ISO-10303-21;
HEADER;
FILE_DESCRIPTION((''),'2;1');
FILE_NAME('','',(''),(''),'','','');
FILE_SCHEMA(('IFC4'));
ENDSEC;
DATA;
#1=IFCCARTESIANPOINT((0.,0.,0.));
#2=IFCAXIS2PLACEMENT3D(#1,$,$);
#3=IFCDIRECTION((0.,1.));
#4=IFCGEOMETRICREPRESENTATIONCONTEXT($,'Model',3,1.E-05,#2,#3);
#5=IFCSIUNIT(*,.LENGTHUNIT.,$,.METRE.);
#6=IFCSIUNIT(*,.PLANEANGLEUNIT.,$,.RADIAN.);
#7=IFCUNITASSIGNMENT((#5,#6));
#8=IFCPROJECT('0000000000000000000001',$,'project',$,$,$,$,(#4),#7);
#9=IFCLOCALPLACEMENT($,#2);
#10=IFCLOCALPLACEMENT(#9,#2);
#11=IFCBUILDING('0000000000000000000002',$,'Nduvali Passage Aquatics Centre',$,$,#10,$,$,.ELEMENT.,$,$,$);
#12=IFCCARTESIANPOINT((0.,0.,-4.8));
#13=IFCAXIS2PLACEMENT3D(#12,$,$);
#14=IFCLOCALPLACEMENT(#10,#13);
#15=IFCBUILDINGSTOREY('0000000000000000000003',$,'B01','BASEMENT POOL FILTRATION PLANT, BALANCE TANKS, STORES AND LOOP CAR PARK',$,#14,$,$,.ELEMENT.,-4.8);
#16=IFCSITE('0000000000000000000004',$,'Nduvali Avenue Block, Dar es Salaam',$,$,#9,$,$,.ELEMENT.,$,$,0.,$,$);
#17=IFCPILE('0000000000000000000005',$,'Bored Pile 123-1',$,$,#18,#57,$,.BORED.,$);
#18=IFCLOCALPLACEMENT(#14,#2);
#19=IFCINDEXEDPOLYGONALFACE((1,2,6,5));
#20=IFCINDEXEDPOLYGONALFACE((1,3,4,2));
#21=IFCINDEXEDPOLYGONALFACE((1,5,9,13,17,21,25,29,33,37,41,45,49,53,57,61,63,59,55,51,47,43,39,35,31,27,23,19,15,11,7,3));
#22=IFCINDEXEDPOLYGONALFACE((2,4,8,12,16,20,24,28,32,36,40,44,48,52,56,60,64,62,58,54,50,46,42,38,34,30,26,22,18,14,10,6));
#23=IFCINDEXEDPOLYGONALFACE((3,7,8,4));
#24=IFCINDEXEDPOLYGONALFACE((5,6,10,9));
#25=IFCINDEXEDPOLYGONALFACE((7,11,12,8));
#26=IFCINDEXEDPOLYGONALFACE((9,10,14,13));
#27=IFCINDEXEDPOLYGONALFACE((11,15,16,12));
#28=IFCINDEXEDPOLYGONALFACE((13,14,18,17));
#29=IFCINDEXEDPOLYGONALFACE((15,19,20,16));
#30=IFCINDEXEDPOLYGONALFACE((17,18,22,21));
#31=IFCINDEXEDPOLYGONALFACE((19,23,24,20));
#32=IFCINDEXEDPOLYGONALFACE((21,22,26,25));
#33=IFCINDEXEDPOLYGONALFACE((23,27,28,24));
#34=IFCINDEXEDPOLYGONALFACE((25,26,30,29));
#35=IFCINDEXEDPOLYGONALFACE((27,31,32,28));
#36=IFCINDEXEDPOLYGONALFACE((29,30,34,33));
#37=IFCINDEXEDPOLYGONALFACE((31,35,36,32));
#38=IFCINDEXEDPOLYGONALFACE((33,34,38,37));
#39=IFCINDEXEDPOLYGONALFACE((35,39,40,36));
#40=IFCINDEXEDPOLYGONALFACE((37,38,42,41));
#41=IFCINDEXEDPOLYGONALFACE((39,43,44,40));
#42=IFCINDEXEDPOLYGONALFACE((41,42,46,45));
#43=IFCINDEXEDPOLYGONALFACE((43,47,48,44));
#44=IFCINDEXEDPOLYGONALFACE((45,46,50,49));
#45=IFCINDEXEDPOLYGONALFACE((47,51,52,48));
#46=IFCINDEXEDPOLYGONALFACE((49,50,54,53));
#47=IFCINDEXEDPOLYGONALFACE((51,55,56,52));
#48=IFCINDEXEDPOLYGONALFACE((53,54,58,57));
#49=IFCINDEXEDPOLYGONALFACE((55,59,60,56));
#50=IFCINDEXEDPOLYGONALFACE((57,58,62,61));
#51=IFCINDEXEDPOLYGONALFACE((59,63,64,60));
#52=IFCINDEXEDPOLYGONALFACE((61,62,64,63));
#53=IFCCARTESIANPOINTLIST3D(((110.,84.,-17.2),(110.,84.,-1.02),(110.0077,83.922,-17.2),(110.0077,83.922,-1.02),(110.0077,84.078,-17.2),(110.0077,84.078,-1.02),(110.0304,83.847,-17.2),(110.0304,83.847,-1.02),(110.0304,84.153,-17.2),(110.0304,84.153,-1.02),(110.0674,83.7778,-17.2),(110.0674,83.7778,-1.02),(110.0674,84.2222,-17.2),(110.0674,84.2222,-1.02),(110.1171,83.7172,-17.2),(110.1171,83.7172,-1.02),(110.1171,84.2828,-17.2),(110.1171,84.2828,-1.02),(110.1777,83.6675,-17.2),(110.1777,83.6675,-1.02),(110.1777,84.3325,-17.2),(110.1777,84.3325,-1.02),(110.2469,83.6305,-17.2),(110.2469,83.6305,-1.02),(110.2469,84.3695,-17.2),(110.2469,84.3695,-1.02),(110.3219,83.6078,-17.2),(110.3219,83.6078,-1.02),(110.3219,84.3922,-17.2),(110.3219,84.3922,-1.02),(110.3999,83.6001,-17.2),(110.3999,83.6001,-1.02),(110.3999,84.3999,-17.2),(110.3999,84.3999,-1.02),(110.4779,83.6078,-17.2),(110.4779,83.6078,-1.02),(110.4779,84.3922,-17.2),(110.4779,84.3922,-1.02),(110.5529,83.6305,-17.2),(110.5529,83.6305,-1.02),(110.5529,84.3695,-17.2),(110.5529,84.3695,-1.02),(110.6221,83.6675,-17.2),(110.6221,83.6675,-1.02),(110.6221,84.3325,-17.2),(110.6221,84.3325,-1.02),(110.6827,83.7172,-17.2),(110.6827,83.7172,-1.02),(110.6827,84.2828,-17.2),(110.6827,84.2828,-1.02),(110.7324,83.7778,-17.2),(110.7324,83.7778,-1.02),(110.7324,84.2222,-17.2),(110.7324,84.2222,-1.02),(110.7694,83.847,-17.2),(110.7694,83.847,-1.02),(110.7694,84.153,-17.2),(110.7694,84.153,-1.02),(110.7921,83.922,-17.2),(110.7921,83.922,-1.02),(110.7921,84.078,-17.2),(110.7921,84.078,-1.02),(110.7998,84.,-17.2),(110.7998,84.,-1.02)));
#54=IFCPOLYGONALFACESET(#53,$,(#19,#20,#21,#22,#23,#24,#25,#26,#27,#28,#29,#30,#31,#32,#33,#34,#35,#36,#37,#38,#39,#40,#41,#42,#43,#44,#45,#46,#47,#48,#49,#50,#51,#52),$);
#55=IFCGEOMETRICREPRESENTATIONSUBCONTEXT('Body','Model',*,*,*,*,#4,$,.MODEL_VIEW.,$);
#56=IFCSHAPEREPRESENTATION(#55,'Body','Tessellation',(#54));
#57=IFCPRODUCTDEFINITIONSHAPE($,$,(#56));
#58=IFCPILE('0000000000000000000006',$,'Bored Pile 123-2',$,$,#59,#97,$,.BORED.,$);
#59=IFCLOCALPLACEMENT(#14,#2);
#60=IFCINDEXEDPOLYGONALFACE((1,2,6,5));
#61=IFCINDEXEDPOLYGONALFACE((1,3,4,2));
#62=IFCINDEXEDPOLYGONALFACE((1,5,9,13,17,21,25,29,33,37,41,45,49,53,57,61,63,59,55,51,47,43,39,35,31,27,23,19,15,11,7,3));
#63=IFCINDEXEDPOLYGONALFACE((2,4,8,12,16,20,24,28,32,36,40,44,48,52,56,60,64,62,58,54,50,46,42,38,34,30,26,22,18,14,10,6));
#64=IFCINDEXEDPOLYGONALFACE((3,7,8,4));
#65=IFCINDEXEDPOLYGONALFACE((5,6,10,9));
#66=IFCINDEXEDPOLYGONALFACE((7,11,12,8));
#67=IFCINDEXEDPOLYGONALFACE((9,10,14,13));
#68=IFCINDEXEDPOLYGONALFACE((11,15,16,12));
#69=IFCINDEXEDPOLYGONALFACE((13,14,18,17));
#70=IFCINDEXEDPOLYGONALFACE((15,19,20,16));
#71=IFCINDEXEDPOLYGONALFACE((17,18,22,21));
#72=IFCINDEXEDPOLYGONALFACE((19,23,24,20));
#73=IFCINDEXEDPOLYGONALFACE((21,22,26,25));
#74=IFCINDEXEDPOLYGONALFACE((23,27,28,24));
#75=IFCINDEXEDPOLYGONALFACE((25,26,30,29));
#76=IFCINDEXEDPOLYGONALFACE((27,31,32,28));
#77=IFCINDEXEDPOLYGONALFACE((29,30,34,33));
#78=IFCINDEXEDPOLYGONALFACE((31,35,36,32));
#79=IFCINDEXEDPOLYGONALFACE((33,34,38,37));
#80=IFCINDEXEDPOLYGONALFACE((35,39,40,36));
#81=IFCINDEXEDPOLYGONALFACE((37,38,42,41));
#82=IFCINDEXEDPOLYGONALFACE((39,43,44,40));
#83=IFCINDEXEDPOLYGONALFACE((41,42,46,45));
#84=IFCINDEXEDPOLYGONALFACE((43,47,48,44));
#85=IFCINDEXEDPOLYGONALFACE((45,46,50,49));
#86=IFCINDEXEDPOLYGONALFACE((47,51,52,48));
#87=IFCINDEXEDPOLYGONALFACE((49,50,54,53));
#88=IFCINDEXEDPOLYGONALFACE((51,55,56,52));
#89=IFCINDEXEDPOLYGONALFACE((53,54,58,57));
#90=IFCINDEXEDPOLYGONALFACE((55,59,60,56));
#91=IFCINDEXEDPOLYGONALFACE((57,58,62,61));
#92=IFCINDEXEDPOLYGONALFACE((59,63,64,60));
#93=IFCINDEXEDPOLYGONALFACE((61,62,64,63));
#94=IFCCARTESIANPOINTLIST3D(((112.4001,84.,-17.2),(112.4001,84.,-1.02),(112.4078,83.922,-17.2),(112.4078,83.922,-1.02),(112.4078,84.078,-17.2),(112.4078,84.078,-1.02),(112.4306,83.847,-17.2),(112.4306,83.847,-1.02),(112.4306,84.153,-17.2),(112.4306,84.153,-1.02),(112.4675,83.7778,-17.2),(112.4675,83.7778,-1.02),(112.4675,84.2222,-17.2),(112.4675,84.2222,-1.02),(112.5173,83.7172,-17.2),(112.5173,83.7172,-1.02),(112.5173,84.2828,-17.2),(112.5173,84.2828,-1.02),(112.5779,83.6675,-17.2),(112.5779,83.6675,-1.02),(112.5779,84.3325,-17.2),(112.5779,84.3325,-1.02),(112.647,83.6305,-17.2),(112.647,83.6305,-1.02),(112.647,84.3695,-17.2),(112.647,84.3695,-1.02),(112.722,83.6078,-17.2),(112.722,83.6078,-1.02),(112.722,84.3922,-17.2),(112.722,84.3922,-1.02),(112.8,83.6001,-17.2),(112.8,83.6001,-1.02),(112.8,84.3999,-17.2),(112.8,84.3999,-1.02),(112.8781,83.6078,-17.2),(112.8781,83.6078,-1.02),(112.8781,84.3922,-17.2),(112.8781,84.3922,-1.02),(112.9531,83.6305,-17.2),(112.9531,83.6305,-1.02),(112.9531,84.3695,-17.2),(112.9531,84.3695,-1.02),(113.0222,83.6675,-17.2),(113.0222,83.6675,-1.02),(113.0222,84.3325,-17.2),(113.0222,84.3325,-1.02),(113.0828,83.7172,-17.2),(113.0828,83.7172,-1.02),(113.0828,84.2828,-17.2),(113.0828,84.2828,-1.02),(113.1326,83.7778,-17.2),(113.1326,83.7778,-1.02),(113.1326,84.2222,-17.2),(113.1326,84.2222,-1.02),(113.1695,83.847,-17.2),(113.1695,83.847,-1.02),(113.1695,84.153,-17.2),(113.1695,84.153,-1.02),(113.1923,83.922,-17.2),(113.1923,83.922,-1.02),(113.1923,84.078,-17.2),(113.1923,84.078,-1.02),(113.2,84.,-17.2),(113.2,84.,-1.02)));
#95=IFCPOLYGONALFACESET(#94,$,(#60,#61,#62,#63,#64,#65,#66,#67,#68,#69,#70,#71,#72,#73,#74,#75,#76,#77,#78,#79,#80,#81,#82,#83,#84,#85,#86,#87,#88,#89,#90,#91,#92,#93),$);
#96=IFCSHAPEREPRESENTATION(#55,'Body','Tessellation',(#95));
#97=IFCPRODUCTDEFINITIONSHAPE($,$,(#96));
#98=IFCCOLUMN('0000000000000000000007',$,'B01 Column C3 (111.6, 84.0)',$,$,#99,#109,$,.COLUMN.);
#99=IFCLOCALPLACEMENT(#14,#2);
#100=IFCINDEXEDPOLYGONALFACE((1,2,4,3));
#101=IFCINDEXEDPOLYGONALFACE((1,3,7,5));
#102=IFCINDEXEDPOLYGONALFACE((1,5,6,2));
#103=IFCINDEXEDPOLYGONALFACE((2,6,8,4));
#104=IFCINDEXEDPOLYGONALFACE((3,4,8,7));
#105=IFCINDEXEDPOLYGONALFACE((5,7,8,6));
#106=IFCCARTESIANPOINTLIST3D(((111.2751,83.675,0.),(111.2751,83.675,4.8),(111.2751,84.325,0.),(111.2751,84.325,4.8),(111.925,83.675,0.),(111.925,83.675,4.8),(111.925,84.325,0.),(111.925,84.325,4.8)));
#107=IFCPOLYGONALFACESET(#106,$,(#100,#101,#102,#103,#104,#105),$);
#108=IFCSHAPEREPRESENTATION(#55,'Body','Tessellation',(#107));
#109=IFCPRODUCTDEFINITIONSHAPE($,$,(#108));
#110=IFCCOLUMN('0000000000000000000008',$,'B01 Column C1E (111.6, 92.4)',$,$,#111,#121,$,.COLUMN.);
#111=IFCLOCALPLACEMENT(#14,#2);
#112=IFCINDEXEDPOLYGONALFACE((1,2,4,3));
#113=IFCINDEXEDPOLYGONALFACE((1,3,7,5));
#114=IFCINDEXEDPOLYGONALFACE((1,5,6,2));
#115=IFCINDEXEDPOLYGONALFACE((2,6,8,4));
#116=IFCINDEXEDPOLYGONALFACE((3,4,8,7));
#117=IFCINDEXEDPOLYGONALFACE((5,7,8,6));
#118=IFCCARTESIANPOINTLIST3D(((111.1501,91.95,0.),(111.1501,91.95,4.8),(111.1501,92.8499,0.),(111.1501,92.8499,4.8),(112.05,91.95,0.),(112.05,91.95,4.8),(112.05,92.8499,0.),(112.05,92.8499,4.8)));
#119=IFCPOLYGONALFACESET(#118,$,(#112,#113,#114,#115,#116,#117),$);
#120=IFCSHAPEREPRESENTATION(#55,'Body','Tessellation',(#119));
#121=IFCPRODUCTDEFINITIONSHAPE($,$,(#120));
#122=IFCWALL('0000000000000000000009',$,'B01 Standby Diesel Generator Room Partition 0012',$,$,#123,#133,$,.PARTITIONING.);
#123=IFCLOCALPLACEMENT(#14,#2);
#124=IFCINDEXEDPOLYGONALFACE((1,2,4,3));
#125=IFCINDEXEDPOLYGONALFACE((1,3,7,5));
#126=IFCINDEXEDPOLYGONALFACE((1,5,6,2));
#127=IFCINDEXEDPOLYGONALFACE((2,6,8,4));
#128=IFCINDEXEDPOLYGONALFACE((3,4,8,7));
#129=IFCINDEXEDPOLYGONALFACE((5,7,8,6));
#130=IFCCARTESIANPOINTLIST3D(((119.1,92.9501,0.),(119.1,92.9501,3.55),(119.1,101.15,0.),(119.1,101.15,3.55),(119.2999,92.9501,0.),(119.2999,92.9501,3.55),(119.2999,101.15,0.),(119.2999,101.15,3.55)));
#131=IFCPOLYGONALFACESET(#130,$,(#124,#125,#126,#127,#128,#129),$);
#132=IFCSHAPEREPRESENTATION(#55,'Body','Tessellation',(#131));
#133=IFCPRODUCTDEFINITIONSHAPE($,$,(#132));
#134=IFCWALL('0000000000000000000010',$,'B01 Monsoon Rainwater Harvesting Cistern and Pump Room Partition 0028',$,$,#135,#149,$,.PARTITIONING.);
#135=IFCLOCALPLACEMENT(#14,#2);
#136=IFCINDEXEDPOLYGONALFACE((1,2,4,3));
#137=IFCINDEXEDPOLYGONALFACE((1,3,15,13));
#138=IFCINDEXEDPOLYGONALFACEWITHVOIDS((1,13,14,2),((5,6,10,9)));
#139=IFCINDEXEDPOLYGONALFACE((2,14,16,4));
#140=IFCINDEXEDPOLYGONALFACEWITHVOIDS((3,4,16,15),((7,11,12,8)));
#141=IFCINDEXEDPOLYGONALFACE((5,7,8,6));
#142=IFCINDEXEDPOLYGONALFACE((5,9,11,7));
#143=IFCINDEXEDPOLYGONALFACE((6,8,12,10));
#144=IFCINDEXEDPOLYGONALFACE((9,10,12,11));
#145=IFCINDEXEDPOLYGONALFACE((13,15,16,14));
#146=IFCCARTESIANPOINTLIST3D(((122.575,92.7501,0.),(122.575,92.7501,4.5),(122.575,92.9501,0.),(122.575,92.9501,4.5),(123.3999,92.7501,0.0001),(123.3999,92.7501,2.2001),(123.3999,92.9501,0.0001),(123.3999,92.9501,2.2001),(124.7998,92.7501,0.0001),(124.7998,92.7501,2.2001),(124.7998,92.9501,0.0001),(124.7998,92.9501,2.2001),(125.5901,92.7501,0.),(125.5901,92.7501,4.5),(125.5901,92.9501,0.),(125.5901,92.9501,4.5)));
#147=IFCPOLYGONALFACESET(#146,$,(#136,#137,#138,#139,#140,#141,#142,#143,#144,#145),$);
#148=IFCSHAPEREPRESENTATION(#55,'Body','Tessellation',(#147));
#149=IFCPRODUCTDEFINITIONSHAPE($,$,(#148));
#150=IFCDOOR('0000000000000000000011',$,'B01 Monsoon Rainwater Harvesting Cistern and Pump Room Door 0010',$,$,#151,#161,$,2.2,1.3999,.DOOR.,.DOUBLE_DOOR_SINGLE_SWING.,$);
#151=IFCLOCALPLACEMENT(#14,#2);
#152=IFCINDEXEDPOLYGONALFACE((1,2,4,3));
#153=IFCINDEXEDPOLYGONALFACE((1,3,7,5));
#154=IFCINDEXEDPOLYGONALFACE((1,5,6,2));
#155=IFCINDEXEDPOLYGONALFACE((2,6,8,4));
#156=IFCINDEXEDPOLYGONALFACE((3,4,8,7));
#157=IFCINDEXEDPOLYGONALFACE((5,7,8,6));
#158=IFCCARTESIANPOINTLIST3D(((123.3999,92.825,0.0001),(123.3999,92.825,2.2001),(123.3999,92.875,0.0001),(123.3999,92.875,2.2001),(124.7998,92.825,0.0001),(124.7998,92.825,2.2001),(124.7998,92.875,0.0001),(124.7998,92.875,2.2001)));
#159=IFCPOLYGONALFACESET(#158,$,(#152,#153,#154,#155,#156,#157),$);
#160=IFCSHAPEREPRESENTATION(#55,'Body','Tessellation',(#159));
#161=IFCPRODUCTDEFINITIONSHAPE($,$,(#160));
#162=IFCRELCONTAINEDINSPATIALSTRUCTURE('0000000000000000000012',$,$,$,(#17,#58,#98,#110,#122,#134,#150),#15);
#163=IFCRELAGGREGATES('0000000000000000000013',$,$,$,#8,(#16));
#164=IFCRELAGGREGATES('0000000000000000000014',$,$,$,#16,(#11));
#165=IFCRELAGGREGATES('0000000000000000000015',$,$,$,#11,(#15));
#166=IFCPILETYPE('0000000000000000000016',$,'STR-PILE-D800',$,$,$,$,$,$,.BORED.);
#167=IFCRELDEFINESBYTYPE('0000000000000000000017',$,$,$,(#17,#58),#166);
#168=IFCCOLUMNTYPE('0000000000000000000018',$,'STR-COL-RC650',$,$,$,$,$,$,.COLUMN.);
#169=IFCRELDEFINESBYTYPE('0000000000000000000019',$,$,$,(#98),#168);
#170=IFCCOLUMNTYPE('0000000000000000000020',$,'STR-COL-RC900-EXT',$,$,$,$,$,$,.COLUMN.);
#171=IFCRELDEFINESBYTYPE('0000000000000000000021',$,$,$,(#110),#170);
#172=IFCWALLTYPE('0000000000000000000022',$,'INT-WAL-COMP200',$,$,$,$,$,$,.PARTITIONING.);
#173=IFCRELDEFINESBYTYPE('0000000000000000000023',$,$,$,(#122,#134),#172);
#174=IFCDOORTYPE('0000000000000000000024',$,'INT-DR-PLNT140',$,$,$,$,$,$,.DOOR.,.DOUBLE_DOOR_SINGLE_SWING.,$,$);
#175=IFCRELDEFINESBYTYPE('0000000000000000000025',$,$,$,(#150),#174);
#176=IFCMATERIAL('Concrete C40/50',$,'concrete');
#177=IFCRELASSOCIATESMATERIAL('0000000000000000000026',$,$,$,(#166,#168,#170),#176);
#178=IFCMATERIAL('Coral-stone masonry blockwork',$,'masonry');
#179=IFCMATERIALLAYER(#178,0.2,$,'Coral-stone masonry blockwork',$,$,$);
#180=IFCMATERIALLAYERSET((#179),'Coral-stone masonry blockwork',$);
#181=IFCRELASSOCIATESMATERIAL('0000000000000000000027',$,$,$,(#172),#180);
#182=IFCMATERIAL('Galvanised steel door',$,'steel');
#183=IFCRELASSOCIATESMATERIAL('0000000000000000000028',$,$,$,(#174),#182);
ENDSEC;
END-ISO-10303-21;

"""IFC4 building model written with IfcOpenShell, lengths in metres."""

from ifc_helpers import new_model, si_unit, direction, frame, frame_2d, origin, origin_2d, place, context, subcontext, project, spatial, rectangle, circle, extrude, material, layer, layer_set, material_profile, profile_set, type_object, element, fill, save


model = new_model("IFC4")

# Units and contexts
model_context = context("Model", 3, precision=1e-05, world=origin(), true_north=direction((0.0, 1.0)))
body_context = subcontext(model_context, "Body", "Model", "MODEL_VIEW")
ifc_project = project(units=[si_unit("LENGTHUNIT", "METRE"), si_unit("PLANEANGLEUNIT", "RADIAN")], contexts=[model_context])

# Site, building, storey
site_placement = place(None, origin())
site = spatial("IfcSite", under=ifc_project, at=site_placement, Name="Nduvali Avenue Block, Dar es Salaam", CompositionType="ELEMENT", RefElevation=0.0)
building_placement = place(site_placement, origin())
building = spatial("IfcBuilding", under=site, at=building_placement, Name="Nduvali Passage Aquatics Centre", CompositionType="ELEMENT")
storey_placement = place(building_placement, frame((0.0, 0.0, -4.8)))
storey = spatial("IfcBuildingStorey", under=building, at=storey_placement, Name="B01", Description="BASEMENT POOL FILTRATION PLANT, BALANCE TANKS, STORES AND LOOP CAR PARK", CompositionType="ELEMENT", Elevation=-4.8)

# Shared definitions
ifc_material_1 = material(Name="Concrete C40/50", Category="concrete")

# Piles
ifc_material_profile_1 = material_profile(ifc_material_1, circle(Radius=0.3999, at=origin_2d()), Name="PILE D800")
ifc_profile_set_1 = profile_set([ifc_material_profile_1], Name="Concrete C40/50")
pile_type_1 = type_object("IfcPileType", Name="STR-PILE-D800", PredefinedType="BORED", material=ifc_profile_set_1)
for number, where, z_axis, x_axis, name in (
    (1, (110.3999, 84.0, -1.02), (0.0, 0.0, -1.0), (1.0, 0.0, 0.0), "Bored Pile 123-1"),
    (2, (112.8, 84.0, -1.02), (0.0, 0.0, -1.0), (1.0, 0.0, 0.0), "Bored Pile 123-2"),
):
    element("IfcPile", number, at=place(storey_placement, frame(where, z_axis=z_axis, x_axis=x_axis)), inside=storey, type_object=pile_type_1, Name=name, PredefinedType="BORED", context=body_context, shape_type="SweptSolid", body=[
        extrude(circle(Radius=0.3999, at=origin_2d()), origin(), (0.0, 0.0, 1.0), 16.1799),
    ])

# Columns
ifc_material_profile_2 = material_profile(ifc_material_1, rectangle(XDim=0.6499, YDim=0.6499, at=origin_2d()), Name="RC 650x650")
ifc_profile_set_2 = profile_set([ifc_material_profile_2], Name="Concrete C40/50")
column_type_1 = type_object("IfcColumnType", Name="STR-COL-RC650", PredefinedType="COLUMN", material=ifc_profile_set_2)
column_1_placement = place(storey_placement, frame((111.6001, 84.0, 0.0), z_axis=(0.0, 0.0, 1.0), x_axis=(1.0, 0.0, 0.0)))
element("IfcColumn", 3, at=column_1_placement, inside=storey, type_object=column_type_1, Name="B01 Column C3 (111.6, 84.0)", PredefinedType="COLUMN", context=body_context, shape_type="SweptSolid", body=[
    extrude(rectangle(XDim=0.6499, YDim=0.6499, at=origin_2d()), origin(), (0.0, 0.0, 1.0), 4.8),
])
ifc_material_profile_3 = material_profile(ifc_material_1, rectangle(XDim=0.8999, YDim=0.8999, at=origin_2d()), Name="RC 900x900")
ifc_profile_set_3 = profile_set([ifc_material_profile_3], Name="Concrete C40/50")
column_type_2 = type_object("IfcColumnType", Name="STR-COL-RC900-EXT", PredefinedType="COLUMN", material=ifc_profile_set_3)
column_2_placement = place(storey_placement, frame((111.6001, 92.3999, 0.0), z_axis=(0.0, 0.0, 1.0), x_axis=(1.0, 0.0, 0.0)))
element("IfcColumn", 4, at=column_2_placement, inside=storey, type_object=column_type_2, Name="B01 Column C1E (111.6, 92.4)", PredefinedType="COLUMN", context=body_context, shape_type="SweptSolid", body=[
    extrude(rectangle(XDim=0.8999, YDim=0.8999, at=origin_2d()), origin(), (0.0, 0.0, 1.0), 4.8),
])

# Wall
ifc_material_2 = material(Name="Coral-stone masonry blockwork", Category="masonry")
ifc_layer_1 = layer(ifc_material_2, 0.2, Name="Coral-stone masonry blockwork")
ifc_layer_set_1 = layer_set([ifc_layer_1], Name="Coral-stone masonry blockwork")
wall_type_1 = type_object("IfcWallType", Name="INT-WAL-COMP200", PredefinedType="PARTITIONING", material=ifc_layer_set_1)
wall_1_placement = place(storey_placement, frame((119.2, 92.95, 0.0), z_axis=(0.0, 0.0, 1.0), x_axis=(0.0, 1.0, 0.0)))
element("IfcWall", 5, at=wall_1_placement, inside=storey, type_object=wall_type_1, Name="B01 Standby Diesel Generator Room Partition 0012", PredefinedType="PARTITIONING", context=body_context, shape_type="SweptSolid", body=[
    extrude(rectangle(XDim=8.2, YDim=0.2, at=frame_2d((4.1001, 0.0))), origin(), (0.0, 0.0, 1.0), 3.55),
])

# Wall, opening, door
wall_2_placement = place(storey_placement, frame((122.575, 92.8501, 0.0), z_axis=(0.0, 0.0, 1.0), x_axis=(1.0, 0.0, 0.0)))
wall_2 = element("IfcWall", 6, at=wall_2_placement, inside=storey, type_object=wall_type_1, Name="B01 Monsoon Rainwater Harvesting Cistern and Pump Room Partition 0028", PredefinedType="PARTITIONING", context=body_context, shape_type="SweptSolid", body=[
    extrude(rectangle(XDim=3.0151, YDim=0.2, at=frame_2d((1.5076, 0.0))), origin(), (0.0, 0.0, 1.0), 4.5),
])
opening_1_placement = place(wall_2_placement, frame((0.825, 0.0, 0.0)))
opening_1 = element("IfcOpeningElement", 7, at=opening_1_placement, cuts=wall_2, PredefinedType="OPENING", context=body_context, shape_type="SweptSolid", body=[
    extrude(rectangle(XDim=1.3999, YDim=2.2, at=frame_2d((0.7, 1.1001))), frame((0.0, 0.1147, 0.0), z_axis=(0.0, -1.0, 0.0), x_axis=(1.0, 0.0, 0.0)), (0.0, 0.0, 1.0), 0.2297),
])
ifc_material_3 = material(Name="Galvanised steel door", Category="steel")
door_type_1 = type_object("IfcDoorType", Name="INT-DR-PLNT140", OperationType="DOUBLE_DOOR_SINGLE_SWING", PredefinedType="DOOR", material=ifc_material_3)
door_1_placement = place(opening_1_placement, origin())
door_1 = element("IfcDoor", 8, at=door_1_placement, inside=storey, type_object=door_type_1, Name="B01 Monsoon Rainwater Harvesting Cistern and Pump Room Door 0010", OperationType="DOUBLE_DOOR_SINGLE_SWING", OverallHeight=2.2, OverallWidth=1.3999, PredefinedType="DOOR", context=body_context, shape_type="SweptSolid", body=[
    extrude(rectangle(XDim=1.3999, YDim=2.2, at=frame_2d((0.7, 1.1001))), frame((0.0, 0.0249, 0.0), z_axis=(0.0, -1.0, 0.0), x_axis=(1.0, 0.0, 0.0)), (0.0, 0.0, 1.0), 0.05),
])
fill(opening_1, door_1)

save(model, "model.ifc")
